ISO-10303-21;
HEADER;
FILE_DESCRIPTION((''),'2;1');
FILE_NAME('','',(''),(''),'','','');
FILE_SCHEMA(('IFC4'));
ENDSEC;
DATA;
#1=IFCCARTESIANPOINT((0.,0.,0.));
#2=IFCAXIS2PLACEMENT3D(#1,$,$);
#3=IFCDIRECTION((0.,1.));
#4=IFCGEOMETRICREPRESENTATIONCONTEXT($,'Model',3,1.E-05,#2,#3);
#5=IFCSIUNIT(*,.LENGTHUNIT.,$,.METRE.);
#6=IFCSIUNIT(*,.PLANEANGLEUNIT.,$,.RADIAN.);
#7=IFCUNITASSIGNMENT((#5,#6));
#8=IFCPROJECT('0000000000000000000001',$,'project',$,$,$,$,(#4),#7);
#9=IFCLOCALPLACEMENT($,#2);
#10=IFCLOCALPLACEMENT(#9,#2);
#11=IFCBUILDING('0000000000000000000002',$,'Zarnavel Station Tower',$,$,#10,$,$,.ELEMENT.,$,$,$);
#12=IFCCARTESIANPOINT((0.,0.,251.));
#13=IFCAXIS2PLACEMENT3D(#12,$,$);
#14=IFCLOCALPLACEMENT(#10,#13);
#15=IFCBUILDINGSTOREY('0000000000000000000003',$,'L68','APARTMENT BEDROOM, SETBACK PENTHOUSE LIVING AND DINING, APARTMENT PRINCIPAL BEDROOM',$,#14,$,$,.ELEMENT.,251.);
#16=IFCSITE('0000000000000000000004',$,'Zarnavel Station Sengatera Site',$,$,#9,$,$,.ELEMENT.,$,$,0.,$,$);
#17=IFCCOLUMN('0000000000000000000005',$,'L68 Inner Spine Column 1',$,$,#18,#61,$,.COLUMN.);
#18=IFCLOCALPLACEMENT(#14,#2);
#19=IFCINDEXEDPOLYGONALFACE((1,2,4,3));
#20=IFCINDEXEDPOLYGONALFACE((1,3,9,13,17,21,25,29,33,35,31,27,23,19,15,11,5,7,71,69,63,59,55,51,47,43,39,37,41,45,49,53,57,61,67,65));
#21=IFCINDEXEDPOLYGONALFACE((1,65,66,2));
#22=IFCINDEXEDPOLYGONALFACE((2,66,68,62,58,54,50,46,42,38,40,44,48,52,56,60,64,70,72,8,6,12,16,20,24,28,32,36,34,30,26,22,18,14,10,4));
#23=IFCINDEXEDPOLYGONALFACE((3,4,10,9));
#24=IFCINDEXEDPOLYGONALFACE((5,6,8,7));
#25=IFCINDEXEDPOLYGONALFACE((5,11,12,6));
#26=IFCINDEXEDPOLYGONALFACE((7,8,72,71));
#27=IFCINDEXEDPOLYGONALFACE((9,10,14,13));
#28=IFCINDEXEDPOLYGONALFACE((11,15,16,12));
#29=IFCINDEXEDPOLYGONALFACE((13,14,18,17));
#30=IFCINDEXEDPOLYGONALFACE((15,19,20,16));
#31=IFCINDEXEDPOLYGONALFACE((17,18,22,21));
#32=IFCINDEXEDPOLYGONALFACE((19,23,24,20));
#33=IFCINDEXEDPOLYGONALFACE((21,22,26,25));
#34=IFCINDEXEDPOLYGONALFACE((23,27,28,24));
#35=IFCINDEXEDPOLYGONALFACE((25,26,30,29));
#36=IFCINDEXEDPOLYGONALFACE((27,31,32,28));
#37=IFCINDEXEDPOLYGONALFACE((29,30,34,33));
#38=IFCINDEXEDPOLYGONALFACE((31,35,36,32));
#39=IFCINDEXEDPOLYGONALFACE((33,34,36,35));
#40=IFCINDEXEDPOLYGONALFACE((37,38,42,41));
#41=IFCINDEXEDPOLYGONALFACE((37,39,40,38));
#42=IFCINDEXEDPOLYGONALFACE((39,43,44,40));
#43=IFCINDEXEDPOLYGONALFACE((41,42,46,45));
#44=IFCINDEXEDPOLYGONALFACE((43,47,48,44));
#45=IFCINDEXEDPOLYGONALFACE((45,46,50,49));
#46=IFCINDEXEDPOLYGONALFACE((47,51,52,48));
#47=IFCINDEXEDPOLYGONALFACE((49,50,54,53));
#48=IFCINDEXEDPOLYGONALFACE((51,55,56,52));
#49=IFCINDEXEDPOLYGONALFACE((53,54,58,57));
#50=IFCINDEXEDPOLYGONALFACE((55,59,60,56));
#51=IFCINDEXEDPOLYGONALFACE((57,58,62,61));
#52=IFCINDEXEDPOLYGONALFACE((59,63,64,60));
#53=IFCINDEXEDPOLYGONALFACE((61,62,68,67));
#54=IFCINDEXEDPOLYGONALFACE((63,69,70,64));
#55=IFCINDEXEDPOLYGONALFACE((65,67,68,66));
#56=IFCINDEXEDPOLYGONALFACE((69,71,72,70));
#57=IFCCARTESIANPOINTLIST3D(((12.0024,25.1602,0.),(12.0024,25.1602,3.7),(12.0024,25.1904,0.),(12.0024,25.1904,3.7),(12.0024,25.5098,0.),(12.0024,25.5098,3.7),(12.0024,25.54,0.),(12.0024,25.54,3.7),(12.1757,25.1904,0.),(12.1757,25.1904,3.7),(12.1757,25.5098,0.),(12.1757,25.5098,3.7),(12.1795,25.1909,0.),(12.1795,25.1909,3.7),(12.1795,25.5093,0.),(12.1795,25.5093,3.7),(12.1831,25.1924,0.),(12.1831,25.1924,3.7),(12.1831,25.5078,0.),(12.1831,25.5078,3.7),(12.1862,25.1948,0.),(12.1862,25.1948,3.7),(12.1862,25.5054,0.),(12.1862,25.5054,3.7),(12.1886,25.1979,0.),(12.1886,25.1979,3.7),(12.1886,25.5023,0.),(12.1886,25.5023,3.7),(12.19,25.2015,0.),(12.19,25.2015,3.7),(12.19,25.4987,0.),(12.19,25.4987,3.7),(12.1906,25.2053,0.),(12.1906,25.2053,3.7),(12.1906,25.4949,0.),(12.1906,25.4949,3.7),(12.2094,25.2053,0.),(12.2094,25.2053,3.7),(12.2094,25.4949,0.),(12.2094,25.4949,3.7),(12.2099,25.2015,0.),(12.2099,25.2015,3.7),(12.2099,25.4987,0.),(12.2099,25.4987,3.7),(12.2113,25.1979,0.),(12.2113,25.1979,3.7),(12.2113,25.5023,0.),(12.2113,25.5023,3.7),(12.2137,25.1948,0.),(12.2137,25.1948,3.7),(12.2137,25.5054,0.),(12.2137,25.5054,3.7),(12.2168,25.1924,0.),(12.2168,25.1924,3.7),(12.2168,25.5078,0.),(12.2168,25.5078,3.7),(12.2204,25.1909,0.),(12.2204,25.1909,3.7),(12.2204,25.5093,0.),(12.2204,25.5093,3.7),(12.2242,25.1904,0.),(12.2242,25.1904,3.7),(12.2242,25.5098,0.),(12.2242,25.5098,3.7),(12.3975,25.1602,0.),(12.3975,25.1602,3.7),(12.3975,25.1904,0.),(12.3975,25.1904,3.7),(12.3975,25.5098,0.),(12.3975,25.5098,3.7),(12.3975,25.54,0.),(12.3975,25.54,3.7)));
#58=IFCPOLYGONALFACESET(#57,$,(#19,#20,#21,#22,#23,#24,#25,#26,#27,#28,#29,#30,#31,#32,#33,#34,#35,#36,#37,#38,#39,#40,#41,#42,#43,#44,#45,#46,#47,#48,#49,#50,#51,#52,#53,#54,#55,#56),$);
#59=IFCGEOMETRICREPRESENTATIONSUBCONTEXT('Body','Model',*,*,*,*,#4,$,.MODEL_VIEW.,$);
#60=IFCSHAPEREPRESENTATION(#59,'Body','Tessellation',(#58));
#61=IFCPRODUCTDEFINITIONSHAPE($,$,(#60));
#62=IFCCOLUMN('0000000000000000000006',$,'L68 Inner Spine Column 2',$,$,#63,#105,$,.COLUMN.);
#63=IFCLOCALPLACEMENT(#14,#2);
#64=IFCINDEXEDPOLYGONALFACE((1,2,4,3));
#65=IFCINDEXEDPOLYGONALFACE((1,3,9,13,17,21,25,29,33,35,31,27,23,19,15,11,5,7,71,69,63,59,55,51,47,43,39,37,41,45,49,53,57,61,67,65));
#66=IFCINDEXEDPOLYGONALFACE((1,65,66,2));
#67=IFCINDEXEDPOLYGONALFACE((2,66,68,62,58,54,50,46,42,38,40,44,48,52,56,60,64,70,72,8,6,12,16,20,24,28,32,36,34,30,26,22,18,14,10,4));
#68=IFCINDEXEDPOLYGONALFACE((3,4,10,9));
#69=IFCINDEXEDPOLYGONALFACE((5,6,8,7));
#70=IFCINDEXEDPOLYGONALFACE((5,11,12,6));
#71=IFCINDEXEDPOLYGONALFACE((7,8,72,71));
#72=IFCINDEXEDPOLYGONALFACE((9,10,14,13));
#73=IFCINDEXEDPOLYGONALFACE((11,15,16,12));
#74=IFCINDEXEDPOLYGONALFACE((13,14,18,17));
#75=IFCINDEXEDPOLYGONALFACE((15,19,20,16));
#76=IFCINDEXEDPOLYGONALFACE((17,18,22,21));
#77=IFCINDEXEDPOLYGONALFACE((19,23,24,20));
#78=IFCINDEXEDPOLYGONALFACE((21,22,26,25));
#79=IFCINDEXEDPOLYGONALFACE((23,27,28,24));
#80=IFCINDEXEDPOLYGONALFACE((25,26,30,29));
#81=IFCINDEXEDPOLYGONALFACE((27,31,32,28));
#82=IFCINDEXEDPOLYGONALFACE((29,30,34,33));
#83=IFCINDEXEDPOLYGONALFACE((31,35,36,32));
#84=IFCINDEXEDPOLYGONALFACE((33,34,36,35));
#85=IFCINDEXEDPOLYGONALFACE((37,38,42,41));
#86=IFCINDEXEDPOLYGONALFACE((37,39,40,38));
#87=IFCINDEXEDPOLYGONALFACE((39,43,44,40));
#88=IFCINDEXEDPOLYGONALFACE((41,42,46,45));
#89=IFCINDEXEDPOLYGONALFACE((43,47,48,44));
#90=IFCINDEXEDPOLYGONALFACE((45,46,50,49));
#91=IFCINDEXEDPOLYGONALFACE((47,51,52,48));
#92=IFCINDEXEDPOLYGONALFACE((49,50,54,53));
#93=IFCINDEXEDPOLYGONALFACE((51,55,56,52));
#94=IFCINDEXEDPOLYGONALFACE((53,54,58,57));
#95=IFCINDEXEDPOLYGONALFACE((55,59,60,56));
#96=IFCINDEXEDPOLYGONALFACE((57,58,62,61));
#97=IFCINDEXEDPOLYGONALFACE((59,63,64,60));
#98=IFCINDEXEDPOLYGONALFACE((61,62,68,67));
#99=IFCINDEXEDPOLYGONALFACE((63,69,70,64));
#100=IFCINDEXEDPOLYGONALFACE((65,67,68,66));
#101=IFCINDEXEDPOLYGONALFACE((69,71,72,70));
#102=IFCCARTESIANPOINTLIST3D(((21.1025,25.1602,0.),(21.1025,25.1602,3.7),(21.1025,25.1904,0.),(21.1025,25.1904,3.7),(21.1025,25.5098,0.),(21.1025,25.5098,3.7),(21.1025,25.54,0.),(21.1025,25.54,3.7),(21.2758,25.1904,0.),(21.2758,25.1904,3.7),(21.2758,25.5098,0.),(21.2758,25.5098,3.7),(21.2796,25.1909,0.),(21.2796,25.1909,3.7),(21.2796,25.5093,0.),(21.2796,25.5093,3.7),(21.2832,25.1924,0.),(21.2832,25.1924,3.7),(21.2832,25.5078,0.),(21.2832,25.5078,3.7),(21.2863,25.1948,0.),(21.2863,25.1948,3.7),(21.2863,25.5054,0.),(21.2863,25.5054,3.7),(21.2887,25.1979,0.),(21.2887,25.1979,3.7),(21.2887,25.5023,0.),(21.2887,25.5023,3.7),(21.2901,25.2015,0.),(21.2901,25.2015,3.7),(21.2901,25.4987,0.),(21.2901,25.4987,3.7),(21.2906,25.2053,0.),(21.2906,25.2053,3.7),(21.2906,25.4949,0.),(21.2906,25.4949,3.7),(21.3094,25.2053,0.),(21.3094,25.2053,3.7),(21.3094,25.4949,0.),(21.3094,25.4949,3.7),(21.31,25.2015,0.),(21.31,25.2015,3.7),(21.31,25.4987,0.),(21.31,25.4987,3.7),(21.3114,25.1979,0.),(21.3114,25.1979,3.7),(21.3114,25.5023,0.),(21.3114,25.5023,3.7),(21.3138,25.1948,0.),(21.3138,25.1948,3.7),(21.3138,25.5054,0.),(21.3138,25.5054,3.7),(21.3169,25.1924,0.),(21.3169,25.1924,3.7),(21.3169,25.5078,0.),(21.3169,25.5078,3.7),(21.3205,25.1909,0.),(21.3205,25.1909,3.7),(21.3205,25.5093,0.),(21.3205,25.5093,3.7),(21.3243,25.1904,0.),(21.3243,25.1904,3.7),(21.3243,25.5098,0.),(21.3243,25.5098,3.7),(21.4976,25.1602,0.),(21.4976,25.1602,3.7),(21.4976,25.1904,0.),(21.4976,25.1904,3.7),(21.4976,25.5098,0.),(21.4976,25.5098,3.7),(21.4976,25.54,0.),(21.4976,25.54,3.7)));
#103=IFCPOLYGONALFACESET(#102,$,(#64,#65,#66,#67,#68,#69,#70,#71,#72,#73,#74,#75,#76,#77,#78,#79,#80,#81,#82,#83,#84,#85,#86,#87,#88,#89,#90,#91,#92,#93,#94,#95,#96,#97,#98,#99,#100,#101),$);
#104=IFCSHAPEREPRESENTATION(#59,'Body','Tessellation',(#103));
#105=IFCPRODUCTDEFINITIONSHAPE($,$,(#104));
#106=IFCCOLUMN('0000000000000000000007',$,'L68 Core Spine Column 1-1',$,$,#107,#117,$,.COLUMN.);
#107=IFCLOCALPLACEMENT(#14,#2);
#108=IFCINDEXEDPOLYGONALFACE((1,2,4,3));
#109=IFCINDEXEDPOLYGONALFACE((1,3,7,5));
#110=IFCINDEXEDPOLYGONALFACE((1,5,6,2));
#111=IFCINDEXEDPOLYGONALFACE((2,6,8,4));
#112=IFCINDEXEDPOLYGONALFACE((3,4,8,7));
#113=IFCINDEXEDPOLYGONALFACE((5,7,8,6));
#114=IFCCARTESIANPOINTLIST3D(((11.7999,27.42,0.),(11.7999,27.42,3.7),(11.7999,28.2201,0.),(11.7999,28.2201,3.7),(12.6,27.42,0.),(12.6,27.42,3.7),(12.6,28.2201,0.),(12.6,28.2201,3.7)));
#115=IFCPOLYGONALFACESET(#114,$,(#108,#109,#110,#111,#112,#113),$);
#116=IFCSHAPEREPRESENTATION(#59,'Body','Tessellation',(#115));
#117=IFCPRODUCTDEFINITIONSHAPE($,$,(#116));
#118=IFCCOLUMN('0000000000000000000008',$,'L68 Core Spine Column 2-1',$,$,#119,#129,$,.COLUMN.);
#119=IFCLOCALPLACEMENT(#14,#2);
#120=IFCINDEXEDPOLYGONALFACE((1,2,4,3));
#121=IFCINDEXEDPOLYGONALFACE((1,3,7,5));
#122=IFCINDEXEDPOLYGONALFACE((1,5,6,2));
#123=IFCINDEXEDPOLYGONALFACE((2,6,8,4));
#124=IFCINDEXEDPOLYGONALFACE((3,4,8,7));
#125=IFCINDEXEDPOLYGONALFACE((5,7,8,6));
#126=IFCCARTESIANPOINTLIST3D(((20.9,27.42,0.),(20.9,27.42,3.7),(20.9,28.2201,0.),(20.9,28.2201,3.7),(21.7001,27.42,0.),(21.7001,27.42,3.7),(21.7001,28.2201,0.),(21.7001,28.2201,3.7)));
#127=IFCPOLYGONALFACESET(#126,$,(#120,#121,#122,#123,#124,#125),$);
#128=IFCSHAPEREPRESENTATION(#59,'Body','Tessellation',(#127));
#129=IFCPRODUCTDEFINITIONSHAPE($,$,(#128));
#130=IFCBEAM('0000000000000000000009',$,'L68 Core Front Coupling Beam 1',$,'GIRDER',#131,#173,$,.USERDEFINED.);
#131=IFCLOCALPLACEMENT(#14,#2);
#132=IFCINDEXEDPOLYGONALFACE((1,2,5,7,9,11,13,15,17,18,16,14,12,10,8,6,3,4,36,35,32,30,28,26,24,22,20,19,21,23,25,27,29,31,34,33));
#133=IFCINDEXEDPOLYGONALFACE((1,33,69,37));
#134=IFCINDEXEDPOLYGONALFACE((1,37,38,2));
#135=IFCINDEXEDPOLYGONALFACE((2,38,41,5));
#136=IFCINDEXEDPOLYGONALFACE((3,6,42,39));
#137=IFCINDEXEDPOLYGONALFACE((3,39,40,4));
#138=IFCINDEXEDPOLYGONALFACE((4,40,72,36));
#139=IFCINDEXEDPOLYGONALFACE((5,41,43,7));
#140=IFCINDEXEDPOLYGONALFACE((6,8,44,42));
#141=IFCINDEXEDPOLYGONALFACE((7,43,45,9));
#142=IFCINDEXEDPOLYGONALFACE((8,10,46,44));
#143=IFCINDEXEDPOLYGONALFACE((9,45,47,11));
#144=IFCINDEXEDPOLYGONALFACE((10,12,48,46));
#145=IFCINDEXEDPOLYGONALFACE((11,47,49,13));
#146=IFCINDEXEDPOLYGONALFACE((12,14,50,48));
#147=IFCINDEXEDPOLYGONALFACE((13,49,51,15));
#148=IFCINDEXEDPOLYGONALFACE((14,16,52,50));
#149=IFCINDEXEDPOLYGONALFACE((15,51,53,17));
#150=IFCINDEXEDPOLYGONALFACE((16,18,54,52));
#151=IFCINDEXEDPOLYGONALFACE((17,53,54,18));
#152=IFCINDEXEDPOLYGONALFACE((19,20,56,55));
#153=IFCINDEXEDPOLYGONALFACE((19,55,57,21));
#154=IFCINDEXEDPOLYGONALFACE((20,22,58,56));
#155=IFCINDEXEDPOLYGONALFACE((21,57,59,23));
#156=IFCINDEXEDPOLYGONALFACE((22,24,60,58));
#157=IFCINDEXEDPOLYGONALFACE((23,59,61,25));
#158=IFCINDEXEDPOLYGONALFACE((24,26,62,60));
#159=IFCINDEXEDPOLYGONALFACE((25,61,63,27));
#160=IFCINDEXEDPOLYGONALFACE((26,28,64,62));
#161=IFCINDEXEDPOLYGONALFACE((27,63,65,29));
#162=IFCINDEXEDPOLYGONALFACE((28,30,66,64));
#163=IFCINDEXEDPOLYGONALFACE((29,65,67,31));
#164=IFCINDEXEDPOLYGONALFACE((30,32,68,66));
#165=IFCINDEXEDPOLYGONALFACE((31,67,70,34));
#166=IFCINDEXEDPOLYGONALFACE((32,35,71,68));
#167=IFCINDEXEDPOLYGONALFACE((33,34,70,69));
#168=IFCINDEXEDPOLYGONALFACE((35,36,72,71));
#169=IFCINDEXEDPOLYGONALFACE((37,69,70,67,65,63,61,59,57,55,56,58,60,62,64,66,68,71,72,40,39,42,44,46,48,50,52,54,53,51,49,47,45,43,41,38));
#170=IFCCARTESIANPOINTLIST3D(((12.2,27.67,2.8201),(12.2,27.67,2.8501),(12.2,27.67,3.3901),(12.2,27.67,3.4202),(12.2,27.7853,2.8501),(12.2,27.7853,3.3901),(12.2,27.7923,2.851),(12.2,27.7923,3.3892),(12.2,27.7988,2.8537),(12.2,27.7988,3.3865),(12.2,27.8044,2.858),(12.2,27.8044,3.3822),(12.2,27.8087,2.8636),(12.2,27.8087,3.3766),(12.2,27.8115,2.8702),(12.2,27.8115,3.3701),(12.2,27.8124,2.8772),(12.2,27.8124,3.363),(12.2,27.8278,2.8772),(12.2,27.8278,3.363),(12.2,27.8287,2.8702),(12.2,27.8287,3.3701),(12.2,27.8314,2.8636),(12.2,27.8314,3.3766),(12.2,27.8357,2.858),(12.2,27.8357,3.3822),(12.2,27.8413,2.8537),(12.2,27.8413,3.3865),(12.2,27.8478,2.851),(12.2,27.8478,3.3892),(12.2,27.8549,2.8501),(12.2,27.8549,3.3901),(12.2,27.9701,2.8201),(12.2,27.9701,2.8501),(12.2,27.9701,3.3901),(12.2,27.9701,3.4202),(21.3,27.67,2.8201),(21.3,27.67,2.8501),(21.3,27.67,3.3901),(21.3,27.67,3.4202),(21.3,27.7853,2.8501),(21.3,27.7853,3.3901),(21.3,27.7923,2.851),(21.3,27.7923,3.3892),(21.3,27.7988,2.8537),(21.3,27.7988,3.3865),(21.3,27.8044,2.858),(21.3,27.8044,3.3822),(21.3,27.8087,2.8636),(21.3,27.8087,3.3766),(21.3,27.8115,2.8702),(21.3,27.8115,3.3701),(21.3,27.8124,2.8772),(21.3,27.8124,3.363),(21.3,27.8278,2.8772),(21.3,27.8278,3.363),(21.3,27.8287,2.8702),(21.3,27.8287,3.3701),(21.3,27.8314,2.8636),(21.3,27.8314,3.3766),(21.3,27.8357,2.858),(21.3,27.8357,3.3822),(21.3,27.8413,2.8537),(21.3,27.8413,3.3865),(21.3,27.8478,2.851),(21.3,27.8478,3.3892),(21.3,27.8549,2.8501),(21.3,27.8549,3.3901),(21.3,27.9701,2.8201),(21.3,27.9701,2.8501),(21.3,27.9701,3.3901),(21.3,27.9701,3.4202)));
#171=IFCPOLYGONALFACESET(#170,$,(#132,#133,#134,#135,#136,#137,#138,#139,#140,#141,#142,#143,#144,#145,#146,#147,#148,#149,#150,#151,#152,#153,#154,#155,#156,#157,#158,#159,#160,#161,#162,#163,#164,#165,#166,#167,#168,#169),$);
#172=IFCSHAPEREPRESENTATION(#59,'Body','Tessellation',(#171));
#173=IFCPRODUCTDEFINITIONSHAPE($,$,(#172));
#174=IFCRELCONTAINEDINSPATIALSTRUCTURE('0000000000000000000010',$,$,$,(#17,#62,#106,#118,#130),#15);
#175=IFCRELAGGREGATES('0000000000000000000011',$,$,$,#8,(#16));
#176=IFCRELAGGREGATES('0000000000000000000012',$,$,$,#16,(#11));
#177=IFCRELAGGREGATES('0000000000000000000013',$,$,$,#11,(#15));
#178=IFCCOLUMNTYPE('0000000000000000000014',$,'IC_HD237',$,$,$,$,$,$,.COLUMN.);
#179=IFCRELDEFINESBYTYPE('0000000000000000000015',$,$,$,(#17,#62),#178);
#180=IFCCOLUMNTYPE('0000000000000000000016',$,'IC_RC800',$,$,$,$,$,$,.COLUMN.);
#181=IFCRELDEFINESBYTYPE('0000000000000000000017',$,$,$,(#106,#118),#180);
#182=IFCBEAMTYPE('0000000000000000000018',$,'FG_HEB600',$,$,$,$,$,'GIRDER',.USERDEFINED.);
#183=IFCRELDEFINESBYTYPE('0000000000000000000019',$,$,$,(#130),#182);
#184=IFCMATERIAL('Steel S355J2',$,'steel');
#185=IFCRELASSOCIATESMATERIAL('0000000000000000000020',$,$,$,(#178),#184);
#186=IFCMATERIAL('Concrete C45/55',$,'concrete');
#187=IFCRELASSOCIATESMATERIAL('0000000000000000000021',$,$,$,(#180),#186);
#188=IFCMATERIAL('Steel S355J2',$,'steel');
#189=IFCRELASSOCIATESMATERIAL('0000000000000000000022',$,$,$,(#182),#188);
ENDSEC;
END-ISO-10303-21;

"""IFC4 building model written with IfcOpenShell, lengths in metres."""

from ifc_helpers import new_model, si_unit, direction, frame, origin, origin_2d, place, context, subcontext, project, spatial, rectangle, i_section, extrude, material, material_profile, profile_set, type_object, element, save


model = new_model("IFC4")

# Units and contexts
model_context = context("Model", 3, precision=1e-05, world=origin(), true_north=direction((0.0, 1.0)))
body_context = subcontext(model_context, "Body", "Model", "MODEL_VIEW")
ifc_project = project(units=[si_unit("LENGTHUNIT", "METRE"), si_unit("PLANEANGLEUNIT", "RADIAN")], contexts=[model_context])

# Site, building, storey
site_placement = place(None, origin())
site = spatial("IfcSite", under=ifc_project, at=site_placement, Name="Zarnavel Station Sengatera Site", CompositionType="ELEMENT", RefElevation=0.0)
building_placement = place(site_placement, origin())
building = spatial("IfcBuilding", under=site, at=building_placement, Name="Zarnavel Station Tower", CompositionType="ELEMENT")
storey_placement = place(building_placement, frame((0.0, 0.0, 251.0)))
storey = spatial("IfcBuildingStorey", under=building, at=storey_placement, Name="L68", Description="APARTMENT BEDROOM, SETBACK PENTHOUSE LIVING AND DINING, APARTMENT PRINCIPAL BEDROOM", CompositionType="ELEMENT", Elevation=251.0)

# Columns
ifc_material_1 = material(Name="Steel S355J2", Category="steel")
ifc_material_profile_1 = material_profile(ifc_material_1, i_section(OverallWidth=0.395, OverallDepth=0.3799, WebThickness=0.0188, FlangeThickness=0.0303, FilletRadius=0.0149, at=origin_2d()), Name="HD400x237")
ifc_profile_set_1 = profile_set([ifc_material_profile_1], Name="Steel S355J2")
column_type_1 = type_object("IfcColumnType", Name="IC_HD237", PredefinedType="COLUMN", material=ifc_profile_set_1)
for number, where, z_axis, x_axis, name in (
    (1, (12.2, 25.3501, 0.0), (0.0, 0.0, 1.0), (1.0, 0.0, 0.0), "L68 Inner Spine Column 1"),
    (2, (21.3, 25.3501, 0.0), (0.0, 0.0, 1.0), (1.0, 0.0, 0.0), "L68 Inner Spine Column 2"),
):
    element("IfcColumn", number, at=place(storey_placement, frame(where, z_axis=z_axis, x_axis=x_axis)), inside=storey, type_object=column_type_1, Name=name, PredefinedType="COLUMN", context=body_context, shape_type="SweptSolid", body=[
        extrude(i_section(OverallWidth=0.395, OverallDepth=0.3799, WebThickness=0.0188, FlangeThickness=0.0303, FilletRadius=0.0149, at=origin_2d()), origin(), (0.0, 0.0, 1.0), 3.7),
    ])
ifc_material_2 = material(Name="Concrete C45/55", Category="concrete")
ifc_material_profile_2 = material_profile(ifc_material_2, rectangle(XDim=0.8, YDim=0.8, at=origin_2d()), Name="RC800x800")
ifc_profile_set_2 = profile_set([ifc_material_profile_2], Name="Concrete C45/55")
column_type_2 = type_object("IfcColumnType", Name="IC_RC800", PredefinedType="COLUMN", material=ifc_profile_set_2)
for number, where, z_axis, x_axis, name in (
    (3, (12.2, 27.8201, 0.0), (0.0, 0.0, 1.0), (1.0, 0.0, 0.0), "L68 Core Spine Column 1-1"),
    (4, (21.3, 27.8201, 0.0), (0.0, 0.0, 1.0), (1.0, 0.0, 0.0), "L68 Core Spine Column 2-1"),
):
    element("IfcColumn", number, at=place(storey_placement, frame(where, z_axis=z_axis, x_axis=x_axis)), inside=storey, type_object=column_type_2, Name=name, PredefinedType="COLUMN", context=body_context, shape_type="SweptSolid", body=[
        extrude(rectangle(XDim=0.8, YDim=0.8, at=origin_2d()), origin(), (0.0, 0.0, 1.0), 3.7),
    ])

# Beam
ifc_material_3 = material(Name="Steel S355J2", Category="steel")
ifc_material_profile_3 = material_profile(ifc_material_3, i_section(OverallWidth=0.3, OverallDepth=0.6001, WebThickness=0.0154, FlangeThickness=0.03, FilletRadius=0.0271, at=origin_2d()), Name="HEB600")
ifc_profile_set_3 = profile_set([ifc_material_profile_3], Name="Steel S355J2")
beam_type_1 = type_object("IfcBeamType", Name="FG_HEB600", ElementType="GIRDER", PredefinedType="USERDEFINED", material=ifc_profile_set_3)
beam_1_placement = place(storey_placement, frame((12.2, 27.8201, 3.1201), z_axis=(1.0, 0.0, 0.0), x_axis=(0.0, 1.0, 0.0)))
element("IfcBeam", 5, at=beam_1_placement, inside=storey, type_object=beam_type_1, Name="L68 Core Front Coupling Beam 1", ObjectType="GIRDER", PredefinedType="USERDEFINED", context=body_context, shape_type="SweptSolid", body=[
    extrude(i_section(OverallWidth=0.3, OverallDepth=0.6001, WebThickness=0.0154, FlangeThickness=0.03, FilletRadius=0.0271, at=origin_2d()), origin(), (0.0, 0.0, 1.0), 9.1001),
])

save(model, "model.ifc")
